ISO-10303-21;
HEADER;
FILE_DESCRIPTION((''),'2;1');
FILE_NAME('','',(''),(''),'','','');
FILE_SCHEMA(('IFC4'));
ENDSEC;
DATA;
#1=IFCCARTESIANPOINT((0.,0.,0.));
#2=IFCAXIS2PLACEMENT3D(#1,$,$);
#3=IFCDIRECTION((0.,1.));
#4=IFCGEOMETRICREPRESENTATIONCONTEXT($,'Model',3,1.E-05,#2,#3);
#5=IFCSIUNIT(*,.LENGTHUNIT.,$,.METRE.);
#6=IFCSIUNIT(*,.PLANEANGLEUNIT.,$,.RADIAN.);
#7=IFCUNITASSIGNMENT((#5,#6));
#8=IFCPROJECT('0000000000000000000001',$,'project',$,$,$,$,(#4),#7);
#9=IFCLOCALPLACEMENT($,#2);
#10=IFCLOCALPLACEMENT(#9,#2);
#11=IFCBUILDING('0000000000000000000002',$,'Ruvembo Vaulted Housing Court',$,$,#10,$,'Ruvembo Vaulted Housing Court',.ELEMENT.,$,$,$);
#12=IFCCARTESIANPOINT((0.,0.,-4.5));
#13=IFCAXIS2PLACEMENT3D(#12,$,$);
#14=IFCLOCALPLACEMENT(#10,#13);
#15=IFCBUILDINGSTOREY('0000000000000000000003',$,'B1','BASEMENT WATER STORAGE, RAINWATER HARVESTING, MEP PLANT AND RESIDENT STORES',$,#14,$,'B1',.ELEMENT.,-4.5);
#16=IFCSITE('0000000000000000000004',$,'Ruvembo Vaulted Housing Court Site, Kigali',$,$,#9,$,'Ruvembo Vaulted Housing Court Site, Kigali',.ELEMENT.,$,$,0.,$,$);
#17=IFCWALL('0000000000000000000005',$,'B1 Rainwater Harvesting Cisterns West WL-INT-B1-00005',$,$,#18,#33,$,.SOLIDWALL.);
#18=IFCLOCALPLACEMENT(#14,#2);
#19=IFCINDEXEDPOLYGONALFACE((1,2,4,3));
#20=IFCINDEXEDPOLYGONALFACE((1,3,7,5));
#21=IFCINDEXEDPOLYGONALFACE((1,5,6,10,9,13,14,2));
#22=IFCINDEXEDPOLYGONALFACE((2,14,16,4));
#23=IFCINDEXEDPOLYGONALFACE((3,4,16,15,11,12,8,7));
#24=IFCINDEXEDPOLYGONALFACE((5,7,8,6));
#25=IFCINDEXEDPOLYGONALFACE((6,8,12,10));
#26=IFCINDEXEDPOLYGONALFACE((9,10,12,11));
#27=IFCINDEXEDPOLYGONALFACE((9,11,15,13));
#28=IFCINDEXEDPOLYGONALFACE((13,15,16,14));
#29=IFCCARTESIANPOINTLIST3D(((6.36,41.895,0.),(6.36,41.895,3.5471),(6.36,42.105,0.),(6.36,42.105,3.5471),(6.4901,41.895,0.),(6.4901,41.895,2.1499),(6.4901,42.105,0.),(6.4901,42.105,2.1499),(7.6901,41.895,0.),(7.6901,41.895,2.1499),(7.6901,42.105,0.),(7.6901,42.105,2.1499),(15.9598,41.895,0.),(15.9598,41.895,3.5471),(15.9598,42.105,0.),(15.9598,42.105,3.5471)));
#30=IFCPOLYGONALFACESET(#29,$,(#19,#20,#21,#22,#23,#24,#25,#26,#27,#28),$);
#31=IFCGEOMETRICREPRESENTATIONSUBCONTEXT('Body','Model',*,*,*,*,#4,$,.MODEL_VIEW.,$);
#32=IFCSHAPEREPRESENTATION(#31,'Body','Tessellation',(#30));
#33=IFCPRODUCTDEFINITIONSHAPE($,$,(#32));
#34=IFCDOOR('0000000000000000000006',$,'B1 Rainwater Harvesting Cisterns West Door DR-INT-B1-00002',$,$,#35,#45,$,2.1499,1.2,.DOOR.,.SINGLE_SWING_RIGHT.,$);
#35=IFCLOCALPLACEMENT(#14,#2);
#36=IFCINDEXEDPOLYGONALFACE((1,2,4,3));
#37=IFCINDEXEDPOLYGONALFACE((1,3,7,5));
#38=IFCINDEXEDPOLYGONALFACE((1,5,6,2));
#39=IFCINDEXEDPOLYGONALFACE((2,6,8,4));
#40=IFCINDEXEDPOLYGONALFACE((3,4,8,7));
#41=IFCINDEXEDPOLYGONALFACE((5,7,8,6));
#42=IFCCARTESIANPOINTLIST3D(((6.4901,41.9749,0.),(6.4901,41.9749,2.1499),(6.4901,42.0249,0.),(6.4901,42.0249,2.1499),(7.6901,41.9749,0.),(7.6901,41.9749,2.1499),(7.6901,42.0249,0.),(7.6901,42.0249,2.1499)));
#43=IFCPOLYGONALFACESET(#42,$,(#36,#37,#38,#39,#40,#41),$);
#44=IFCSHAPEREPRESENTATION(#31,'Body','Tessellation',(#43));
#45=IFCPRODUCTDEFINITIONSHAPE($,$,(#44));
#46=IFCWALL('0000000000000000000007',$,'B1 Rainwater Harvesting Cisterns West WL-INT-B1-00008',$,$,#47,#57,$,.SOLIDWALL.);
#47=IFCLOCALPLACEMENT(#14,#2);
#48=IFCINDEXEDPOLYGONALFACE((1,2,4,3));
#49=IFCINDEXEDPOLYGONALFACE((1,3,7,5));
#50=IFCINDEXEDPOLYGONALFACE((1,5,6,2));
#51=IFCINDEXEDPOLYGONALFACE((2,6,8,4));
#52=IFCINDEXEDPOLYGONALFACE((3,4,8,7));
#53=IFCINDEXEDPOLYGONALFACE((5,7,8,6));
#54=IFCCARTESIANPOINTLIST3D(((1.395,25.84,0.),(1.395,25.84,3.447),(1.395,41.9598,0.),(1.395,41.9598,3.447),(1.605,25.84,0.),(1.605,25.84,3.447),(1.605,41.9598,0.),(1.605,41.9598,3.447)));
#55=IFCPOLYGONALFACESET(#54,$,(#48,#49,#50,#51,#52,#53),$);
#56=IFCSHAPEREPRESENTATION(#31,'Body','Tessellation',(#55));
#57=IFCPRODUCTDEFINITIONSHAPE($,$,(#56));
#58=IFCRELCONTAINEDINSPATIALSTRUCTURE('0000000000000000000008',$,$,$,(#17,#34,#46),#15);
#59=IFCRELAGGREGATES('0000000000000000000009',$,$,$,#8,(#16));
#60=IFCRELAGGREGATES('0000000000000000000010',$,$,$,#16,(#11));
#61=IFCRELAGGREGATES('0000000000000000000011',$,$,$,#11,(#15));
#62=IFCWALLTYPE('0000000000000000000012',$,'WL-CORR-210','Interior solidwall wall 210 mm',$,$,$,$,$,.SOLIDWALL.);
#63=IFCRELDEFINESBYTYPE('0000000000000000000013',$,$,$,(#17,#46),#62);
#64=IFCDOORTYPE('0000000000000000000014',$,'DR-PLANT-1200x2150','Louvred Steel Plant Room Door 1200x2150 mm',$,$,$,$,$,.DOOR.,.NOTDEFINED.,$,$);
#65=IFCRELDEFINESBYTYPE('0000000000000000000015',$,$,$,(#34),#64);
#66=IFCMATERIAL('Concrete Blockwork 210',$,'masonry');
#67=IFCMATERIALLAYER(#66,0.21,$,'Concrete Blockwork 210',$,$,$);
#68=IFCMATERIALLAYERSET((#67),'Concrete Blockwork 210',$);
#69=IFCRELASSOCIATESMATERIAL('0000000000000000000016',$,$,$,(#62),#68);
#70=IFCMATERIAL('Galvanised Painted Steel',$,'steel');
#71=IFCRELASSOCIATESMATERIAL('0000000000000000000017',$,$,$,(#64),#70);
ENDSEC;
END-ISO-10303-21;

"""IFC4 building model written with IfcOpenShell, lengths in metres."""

from ifc_helpers import new_model, si_unit, direction, frame, frame_2d, origin, place, context, subcontext, project, spatial, rectangle, extrude, material, layer, layer_set, type_object, element, fill, save


model = new_model("IFC4")

# Units and contexts
model_context = context("Model", 3, precision=1e-05, world=origin(), true_north=direction((0.0, 1.0)))
body_context = subcontext(model_context, "Body", "Model", "MODEL_VIEW")
ifc_project = project(units=[si_unit("LENGTHUNIT", "METRE"), si_unit("PLANEANGLEUNIT", "RADIAN")], contexts=[model_context])

# Site, building, storey
site_placement = place(None, origin())
site = spatial("IfcSite", under=ifc_project, at=site_placement, Name="Ruvembo Vaulted Housing Court Site, Kigali", LongName="Ruvembo Vaulted Housing Court Site, Kigali", CompositionType="ELEMENT", RefElevation=0.0)
building_placement = place(site_placement, origin())
building = spatial("IfcBuilding", under=site, at=building_placement, Name="Ruvembo Vaulted Housing Court", LongName="Ruvembo Vaulted Housing Court", CompositionType="ELEMENT")
storey_placement = place(building_placement, frame((0.0, 0.0, -4.5)))
storey = spatial("IfcBuildingStorey", under=building, at=storey_placement, Name="B1", Description="BASEMENT WATER STORAGE, RAINWATER HARVESTING, MEP PLANT AND RESIDENT STORES", LongName="B1", CompositionType="ELEMENT", Elevation=-4.5)

# Wall, opening, door
ifc_material_1 = material(Name="Concrete Blockwork 210", Category="masonry")
ifc_layer = layer(ifc_material_1, 0.21, Name="Concrete Blockwork 210")
ifc_layer_set = layer_set([ifc_layer], Name="Concrete Blockwork 210")
wall_type = type_object("IfcWallType", Name="WL-CORR-210", Description="Interior solidwall wall 210 mm", PredefinedType="SOLIDWALL", material=ifc_layer_set)
wall_1_placement = place(storey_placement, frame((6.3601, 42.0, 0.0), z_axis=(0.0, 0.0, 1.0), x_axis=(1.0, 0.0, 0.0)))
wall_1 = element("IfcWall", 1, at=wall_1_placement, inside=storey, type_object=wall_type, Name="B1 Rainwater Harvesting Cisterns West WL-INT-B1-00005", PredefinedType="SOLIDWALL", context=body_context, shape_type="SweptSolid", body=[
    extrude(rectangle(XDim=9.5999, YDim=0.21, at=frame_2d((4.7998, 0.0))), origin(), (0.0, 0.0, 1.0), 3.5471),
])
opening_placement = place(wall_1_placement, frame((0.1299, 0.0, 0.0)))
opening = element("IfcOpeningElement", 2, at=opening_placement, cuts=wall_1, PredefinedType="OPENING", context=body_context, shape_type="SweptSolid", body=[
    extrude(rectangle(XDim=1.2, YDim=2.1499, at=frame_2d((0.6001, 1.075))), frame((0.0, 0.115, 0.0), z_axis=(0.0, -1.0, 0.0), x_axis=(1.0, 0.0, 0.0)), (0.0, 0.0, 1.0), 0.23),
])
ifc_material_2 = material(Name="Galvanised Painted Steel", Category="steel")
door_type = type_object("IfcDoorType", Name="DR-PLANT-1200x2150", Description="Louvred Steel Plant Room Door 1200x2150 mm", OperationType="NOTDEFINED", PredefinedType="DOOR", material=ifc_material_2)
door_placement = place(opening_placement, origin())
door = element("IfcDoor", 3, at=door_placement, inside=storey, type_object=door_type, Name="B1 Rainwater Harvesting Cisterns West Door DR-INT-B1-00002", OperationType="SINGLE_SWING_RIGHT", OverallHeight=2.1499, OverallWidth=1.2, PredefinedType="DOOR", context=body_context, shape_type="SweptSolid", body=[
    extrude(rectangle(XDim=1.2, YDim=2.1499, at=frame_2d((0.6001, 1.075))), frame((0.0, 0.0249, 0.0), z_axis=(0.0, -1.0, 0.0), x_axis=(1.0, 0.0, 0.0)), (0.0, 0.0, 1.0), 0.05),
])
fill(opening, door)

# Wall
wall_2_placement = place(storey_placement, frame((1.5, 41.96, 0.0), z_axis=(0.0, 0.0, 1.0), x_axis=(0.0, -1.0, 0.0)))
element("IfcWall", 4, at=wall_2_placement, inside=storey, type_object=wall_type, Name="B1 Rainwater Harvesting Cisterns West WL-INT-B1-00008", PredefinedType="SOLIDWALL", context=body_context, shape_type="SweptSolid", body=[
    extrude(rectangle(XDim=16.1199, YDim=0.21, at=frame_2d((8.0601, 0.0))), origin(), (0.0, 0.0, 1.0), 3.447),
])

save(model, "model.ifc")
